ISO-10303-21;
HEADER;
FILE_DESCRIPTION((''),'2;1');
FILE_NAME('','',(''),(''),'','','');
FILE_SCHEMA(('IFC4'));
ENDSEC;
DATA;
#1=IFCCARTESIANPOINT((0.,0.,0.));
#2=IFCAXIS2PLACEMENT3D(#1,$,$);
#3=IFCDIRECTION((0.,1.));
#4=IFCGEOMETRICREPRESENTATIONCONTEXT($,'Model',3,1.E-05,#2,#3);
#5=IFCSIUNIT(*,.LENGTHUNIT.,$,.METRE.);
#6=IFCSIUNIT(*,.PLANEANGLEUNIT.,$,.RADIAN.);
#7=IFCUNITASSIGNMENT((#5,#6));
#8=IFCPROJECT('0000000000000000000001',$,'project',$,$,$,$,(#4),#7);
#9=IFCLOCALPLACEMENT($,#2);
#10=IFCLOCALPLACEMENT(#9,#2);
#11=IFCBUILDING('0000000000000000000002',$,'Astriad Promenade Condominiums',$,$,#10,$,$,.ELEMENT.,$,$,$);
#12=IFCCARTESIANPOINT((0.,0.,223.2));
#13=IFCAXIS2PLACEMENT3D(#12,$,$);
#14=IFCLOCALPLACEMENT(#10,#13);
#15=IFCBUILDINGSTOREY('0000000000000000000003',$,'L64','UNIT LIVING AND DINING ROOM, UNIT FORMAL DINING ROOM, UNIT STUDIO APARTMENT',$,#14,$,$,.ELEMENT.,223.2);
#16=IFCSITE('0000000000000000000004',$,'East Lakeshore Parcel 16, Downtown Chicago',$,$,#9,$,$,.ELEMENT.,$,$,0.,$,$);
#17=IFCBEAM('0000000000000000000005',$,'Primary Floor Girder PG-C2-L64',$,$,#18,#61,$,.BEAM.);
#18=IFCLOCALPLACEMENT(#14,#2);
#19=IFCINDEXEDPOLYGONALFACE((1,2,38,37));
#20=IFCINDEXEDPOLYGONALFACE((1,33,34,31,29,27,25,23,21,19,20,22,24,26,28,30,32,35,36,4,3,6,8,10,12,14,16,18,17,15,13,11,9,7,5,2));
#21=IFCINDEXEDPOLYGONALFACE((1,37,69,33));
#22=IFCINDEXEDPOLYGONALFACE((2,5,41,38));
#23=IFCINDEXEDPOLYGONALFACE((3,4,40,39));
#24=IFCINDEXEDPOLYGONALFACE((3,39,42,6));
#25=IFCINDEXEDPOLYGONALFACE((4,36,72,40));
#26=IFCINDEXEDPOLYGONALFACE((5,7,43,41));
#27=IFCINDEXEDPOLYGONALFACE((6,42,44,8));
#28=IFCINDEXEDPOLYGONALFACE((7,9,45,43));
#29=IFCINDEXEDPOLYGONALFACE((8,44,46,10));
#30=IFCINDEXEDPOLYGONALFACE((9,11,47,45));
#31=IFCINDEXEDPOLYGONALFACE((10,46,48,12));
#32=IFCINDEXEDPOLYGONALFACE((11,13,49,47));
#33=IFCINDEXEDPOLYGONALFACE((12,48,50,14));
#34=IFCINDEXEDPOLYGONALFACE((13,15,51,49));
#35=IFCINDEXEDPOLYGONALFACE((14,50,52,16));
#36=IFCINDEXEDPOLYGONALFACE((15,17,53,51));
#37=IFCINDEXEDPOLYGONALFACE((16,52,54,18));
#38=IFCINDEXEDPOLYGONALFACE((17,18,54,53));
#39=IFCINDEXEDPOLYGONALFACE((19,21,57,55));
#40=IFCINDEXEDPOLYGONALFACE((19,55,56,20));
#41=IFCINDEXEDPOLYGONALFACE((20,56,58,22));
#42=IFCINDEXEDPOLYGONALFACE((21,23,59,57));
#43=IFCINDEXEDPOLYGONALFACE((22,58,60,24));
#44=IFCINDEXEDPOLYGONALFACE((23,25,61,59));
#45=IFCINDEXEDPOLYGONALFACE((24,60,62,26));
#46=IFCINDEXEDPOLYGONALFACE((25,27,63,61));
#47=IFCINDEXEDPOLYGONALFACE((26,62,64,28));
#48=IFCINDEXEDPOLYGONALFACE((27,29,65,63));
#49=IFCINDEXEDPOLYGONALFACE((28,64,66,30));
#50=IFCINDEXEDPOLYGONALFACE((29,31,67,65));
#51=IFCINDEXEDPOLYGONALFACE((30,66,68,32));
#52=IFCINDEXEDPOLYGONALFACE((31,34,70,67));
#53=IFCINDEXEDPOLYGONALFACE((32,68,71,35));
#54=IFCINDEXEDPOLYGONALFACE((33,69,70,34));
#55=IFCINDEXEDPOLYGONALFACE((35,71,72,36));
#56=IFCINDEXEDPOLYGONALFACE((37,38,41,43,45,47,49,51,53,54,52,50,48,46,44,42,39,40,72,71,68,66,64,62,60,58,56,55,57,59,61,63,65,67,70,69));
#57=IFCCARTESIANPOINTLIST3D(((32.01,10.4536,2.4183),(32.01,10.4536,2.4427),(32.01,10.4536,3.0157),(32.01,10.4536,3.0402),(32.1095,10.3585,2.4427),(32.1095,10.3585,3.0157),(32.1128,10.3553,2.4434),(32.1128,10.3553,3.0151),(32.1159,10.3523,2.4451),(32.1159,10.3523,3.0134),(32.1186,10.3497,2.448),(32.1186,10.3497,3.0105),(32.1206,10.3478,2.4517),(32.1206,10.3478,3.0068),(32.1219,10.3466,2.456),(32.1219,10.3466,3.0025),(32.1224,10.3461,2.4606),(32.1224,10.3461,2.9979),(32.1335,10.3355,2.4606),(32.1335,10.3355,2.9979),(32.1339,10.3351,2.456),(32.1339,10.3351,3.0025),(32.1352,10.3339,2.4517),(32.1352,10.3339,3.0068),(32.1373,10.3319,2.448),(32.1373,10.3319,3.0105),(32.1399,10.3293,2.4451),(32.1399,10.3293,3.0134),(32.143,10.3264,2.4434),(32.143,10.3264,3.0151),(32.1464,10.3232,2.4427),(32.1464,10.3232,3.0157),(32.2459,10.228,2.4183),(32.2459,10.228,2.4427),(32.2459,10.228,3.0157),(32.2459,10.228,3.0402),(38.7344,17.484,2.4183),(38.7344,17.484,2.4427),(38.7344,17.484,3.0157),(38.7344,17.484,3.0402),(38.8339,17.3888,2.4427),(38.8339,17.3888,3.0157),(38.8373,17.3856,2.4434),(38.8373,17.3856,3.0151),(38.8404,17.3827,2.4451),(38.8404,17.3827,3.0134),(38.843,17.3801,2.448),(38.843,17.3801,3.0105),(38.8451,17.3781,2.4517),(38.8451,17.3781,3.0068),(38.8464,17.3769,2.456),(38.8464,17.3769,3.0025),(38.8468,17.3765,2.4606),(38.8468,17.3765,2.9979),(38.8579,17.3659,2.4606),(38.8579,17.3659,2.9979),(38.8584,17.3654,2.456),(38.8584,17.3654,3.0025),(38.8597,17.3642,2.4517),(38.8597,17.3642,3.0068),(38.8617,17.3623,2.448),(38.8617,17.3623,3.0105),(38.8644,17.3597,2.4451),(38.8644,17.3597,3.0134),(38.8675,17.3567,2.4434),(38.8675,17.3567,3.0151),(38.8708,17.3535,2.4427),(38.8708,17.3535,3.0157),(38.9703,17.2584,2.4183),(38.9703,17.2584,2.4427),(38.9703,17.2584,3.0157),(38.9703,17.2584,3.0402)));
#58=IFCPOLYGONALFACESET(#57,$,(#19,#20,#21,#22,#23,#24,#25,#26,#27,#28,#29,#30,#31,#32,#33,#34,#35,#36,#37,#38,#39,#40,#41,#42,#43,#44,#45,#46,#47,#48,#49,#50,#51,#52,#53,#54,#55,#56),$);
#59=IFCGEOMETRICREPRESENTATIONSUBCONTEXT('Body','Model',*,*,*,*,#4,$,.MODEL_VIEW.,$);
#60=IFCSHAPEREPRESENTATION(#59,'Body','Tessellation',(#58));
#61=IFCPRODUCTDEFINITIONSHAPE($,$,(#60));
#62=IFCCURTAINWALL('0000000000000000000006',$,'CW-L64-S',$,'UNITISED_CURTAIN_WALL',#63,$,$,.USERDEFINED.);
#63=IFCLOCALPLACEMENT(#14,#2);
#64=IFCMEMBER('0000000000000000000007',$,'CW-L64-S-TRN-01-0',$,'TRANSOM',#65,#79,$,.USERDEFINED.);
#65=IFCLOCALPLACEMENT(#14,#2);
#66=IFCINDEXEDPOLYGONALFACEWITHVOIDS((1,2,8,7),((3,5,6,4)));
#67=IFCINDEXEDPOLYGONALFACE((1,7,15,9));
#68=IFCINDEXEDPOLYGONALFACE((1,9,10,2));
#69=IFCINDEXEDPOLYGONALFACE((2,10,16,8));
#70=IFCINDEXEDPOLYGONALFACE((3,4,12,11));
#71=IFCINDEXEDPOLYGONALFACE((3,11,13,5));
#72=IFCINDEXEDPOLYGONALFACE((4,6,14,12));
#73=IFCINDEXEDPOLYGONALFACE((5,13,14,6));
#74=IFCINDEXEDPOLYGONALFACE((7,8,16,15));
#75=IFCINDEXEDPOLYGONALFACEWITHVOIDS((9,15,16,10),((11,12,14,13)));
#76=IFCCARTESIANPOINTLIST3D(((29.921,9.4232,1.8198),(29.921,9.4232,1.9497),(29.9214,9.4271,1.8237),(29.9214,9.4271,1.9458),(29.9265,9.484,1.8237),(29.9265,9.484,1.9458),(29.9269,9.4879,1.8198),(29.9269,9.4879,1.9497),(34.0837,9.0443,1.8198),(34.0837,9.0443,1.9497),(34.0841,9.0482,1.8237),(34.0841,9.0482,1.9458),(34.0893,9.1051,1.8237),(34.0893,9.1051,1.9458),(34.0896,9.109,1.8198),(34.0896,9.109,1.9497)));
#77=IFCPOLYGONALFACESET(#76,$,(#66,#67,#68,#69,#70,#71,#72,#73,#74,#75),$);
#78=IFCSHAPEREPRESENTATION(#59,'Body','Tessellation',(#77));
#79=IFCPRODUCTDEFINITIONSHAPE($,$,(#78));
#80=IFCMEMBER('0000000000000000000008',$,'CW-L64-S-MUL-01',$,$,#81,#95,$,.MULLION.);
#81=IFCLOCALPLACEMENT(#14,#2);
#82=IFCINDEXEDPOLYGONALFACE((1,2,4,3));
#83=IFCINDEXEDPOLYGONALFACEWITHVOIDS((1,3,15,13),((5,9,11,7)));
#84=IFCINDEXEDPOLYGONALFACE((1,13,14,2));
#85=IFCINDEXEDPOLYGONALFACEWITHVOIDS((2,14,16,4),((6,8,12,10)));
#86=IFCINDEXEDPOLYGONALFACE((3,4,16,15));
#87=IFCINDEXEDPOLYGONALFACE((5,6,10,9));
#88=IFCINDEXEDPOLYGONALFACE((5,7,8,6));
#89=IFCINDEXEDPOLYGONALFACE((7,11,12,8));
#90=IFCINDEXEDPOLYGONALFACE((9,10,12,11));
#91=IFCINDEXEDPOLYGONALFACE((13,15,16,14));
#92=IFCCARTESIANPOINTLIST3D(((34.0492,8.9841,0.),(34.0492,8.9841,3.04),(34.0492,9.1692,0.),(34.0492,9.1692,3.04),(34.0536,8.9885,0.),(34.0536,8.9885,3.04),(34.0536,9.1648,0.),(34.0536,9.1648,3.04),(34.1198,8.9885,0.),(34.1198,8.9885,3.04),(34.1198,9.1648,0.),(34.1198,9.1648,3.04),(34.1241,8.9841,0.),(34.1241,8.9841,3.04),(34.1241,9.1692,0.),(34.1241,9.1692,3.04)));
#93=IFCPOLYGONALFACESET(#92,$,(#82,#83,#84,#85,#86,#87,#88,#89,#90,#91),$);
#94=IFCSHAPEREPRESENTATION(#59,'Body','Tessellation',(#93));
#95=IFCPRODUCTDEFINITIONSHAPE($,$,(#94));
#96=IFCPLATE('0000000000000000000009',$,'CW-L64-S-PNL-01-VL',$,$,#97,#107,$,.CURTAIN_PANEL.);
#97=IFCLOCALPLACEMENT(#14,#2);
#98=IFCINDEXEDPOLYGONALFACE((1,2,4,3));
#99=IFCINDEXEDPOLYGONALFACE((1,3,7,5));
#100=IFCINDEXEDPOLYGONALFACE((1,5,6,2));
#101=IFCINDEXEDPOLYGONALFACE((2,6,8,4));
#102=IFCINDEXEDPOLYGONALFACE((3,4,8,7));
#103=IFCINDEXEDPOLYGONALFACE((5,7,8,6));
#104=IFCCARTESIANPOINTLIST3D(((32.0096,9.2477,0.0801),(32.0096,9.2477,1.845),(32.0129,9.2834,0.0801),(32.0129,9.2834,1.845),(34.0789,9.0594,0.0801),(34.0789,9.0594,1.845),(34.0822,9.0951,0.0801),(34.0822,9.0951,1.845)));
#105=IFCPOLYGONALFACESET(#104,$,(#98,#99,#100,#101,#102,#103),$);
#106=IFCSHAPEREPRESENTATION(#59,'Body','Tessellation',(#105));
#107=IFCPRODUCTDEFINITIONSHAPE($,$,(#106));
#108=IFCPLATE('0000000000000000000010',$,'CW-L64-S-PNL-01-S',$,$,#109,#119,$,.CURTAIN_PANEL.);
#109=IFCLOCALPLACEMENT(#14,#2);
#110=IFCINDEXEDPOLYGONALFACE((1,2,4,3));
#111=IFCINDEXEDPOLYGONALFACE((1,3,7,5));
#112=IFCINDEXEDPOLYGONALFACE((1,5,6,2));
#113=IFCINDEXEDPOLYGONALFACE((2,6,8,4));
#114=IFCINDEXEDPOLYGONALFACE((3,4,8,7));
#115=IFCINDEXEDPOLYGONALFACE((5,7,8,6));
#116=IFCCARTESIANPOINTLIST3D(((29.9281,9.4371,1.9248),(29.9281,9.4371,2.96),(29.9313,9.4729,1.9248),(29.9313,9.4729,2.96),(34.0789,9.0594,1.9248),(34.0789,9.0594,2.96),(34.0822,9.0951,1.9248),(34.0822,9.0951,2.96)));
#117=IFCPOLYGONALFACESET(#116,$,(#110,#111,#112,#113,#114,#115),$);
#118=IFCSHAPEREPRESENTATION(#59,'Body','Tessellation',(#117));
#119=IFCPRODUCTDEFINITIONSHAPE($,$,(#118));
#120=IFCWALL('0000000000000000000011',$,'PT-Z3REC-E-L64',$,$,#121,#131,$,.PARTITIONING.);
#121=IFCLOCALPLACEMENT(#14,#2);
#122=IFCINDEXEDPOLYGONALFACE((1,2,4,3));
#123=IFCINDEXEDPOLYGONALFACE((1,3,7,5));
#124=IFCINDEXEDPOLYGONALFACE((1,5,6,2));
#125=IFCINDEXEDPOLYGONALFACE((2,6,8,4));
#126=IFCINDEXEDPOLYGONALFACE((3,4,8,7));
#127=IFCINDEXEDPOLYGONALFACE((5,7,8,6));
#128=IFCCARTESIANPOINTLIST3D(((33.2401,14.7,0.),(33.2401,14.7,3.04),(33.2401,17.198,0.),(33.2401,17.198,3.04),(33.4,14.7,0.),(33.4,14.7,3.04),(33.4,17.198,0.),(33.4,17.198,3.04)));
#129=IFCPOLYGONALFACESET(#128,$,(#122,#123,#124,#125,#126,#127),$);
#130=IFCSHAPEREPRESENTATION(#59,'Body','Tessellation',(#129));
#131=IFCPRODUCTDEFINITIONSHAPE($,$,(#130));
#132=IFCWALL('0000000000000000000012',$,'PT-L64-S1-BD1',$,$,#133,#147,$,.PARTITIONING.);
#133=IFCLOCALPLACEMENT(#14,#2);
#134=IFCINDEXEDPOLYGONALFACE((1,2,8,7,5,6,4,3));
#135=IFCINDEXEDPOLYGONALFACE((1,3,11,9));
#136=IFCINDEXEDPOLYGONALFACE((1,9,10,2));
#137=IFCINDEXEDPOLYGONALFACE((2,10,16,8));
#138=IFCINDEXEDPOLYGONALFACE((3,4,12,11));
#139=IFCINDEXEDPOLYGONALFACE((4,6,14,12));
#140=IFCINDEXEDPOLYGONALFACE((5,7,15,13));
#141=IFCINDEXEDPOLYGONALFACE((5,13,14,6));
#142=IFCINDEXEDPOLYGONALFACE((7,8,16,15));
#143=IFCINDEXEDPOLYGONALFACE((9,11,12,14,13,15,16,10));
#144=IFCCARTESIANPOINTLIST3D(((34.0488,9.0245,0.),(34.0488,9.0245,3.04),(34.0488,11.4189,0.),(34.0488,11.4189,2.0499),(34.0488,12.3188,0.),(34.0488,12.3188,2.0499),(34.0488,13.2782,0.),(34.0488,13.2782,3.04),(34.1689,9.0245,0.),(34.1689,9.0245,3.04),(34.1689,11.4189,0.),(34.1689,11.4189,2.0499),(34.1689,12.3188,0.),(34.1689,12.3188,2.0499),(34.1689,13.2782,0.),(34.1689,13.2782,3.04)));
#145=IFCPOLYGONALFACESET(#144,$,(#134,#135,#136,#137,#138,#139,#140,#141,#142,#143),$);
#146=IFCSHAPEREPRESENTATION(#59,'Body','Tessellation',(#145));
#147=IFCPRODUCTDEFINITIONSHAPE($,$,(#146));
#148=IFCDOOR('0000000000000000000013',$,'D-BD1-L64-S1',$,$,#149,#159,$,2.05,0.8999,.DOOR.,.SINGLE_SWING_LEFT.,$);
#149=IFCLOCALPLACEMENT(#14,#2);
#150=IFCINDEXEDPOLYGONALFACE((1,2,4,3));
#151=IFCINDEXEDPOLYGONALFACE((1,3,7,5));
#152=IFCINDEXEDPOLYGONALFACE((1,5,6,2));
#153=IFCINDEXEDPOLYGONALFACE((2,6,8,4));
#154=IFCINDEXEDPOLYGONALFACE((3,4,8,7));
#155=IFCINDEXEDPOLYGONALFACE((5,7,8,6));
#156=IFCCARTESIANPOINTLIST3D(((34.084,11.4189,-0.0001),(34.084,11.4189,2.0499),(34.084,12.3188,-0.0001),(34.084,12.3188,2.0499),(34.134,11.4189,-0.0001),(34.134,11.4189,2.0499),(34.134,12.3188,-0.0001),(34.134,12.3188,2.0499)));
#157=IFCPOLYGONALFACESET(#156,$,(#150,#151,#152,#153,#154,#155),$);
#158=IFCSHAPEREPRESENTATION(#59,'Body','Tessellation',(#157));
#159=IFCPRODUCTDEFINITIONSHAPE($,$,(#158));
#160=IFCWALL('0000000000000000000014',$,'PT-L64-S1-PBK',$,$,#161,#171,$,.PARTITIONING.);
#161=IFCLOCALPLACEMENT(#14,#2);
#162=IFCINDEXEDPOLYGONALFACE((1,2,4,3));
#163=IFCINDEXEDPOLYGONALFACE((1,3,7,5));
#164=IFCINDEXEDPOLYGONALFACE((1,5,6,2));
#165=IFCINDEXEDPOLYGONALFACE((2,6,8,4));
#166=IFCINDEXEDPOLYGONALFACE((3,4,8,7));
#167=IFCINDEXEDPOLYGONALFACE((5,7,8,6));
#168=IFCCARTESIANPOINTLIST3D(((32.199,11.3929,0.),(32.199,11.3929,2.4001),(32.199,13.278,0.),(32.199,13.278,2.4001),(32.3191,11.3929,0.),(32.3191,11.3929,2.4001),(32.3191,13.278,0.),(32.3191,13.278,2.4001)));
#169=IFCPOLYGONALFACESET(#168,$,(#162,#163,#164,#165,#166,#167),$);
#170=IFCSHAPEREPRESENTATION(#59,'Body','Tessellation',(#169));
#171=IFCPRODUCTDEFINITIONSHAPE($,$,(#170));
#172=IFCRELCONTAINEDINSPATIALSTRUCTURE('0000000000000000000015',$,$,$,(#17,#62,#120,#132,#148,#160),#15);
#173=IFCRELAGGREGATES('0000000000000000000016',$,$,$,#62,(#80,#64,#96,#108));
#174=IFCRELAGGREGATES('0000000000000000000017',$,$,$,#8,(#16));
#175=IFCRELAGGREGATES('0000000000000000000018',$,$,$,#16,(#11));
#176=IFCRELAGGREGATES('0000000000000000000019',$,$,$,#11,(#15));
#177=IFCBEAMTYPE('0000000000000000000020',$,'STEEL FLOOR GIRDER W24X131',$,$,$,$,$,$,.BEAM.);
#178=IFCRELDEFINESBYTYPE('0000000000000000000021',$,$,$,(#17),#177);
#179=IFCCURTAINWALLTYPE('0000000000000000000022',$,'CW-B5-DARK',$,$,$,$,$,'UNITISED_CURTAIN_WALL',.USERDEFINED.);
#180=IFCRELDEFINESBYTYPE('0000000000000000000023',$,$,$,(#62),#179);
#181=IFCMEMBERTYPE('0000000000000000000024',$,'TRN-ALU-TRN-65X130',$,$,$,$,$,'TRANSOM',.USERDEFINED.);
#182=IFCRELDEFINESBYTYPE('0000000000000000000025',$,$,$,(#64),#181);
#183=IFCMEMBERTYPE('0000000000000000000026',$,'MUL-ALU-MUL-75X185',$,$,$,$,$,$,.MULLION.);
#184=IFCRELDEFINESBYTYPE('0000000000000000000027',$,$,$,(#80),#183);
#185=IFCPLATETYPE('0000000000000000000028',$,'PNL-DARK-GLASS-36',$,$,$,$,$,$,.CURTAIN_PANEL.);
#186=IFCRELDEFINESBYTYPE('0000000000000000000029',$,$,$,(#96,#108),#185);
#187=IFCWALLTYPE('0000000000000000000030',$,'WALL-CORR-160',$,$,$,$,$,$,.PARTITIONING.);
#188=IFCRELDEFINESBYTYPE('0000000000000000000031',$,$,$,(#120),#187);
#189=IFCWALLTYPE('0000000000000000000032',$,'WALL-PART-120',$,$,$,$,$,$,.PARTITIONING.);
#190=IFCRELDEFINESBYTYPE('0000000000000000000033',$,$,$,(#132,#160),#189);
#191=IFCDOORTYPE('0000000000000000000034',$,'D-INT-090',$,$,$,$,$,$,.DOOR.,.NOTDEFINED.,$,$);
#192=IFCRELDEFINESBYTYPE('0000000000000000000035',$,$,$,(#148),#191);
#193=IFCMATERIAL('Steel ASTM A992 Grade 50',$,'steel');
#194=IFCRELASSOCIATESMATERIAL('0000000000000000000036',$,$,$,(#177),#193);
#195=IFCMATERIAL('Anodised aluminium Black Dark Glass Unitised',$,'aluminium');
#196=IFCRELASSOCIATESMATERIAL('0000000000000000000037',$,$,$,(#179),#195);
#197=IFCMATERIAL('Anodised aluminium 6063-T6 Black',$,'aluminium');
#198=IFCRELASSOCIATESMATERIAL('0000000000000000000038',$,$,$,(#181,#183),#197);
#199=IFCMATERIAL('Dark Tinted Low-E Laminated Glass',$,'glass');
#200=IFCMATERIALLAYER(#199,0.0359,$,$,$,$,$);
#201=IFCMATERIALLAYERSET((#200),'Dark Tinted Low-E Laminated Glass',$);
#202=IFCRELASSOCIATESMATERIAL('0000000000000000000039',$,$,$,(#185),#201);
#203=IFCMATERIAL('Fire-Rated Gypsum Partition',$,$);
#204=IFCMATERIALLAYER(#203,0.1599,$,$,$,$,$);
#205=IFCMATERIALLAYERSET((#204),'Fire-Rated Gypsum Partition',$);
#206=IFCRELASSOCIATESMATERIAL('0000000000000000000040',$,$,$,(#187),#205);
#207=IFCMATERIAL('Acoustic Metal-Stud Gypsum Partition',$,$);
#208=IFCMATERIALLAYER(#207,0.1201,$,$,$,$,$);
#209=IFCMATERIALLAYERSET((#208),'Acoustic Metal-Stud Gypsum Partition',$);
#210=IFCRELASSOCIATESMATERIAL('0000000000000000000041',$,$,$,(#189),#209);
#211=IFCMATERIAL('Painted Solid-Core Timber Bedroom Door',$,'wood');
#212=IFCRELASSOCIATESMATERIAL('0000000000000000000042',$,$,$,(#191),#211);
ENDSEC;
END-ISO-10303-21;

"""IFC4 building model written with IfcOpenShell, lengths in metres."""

from ifc_helpers import new_model, si_unit, direction, frame, frame_2d, origin, origin_2d, place, context, subcontext, project, spatial, rectangle, hollow_rectangle, i_section, extrude, source, transform, mapped, material, layer, layer_set, material_profile, profile_set, type_object, type_shapes, element, fill, aggregate, save


model = new_model("IFC4")

# Units and contexts
model_context = context("Model", 3, precision=1e-05, world=origin(), true_north=direction((0.0, 1.0)))
body_context = subcontext(model_context, "Body", "Model", "MODEL_VIEW")
ifc_project = project(units=[si_unit("LENGTHUNIT", "METRE"), si_unit("PLANEANGLEUNIT", "RADIAN")], contexts=[model_context])

# Site, building, storey
site_placement = place(None, origin())
site = spatial("IfcSite", under=ifc_project, at=site_placement, Name="East Lakeshore Parcel 16, Downtown Chicago", CompositionType="ELEMENT", RefElevation=0.0)
building_placement = place(site_placement, origin())
building = spatial("IfcBuilding", under=site, at=building_placement, Name="Astriad Promenade Condominiums", CompositionType="ELEMENT")
storey_placement = place(building_placement, frame((0.0, 0.0, 223.2)))
storey = spatial("IfcBuildingStorey", under=building, at=storey_placement, Name="L64", Description="UNIT LIVING AND DINING ROOM, UNIT FORMAL DINING ROOM, UNIT STUDIO APARTMENT", CompositionType="ELEMENT", Elevation=223.2)

# Shared definitions
ifc_material_1 = material(Name="Steel ASTM A992 Grade 50", Category="steel")

# Beam
ifc_material_profile_1 = material_profile(ifc_material_1, i_section(OverallWidth=0.3264, OverallDepth=0.6218, WebThickness=0.0154, FlangeThickness=0.0244, FilletRadius=0.0178, at=origin_2d()), Name="W24X131")
ifc_profile_set_1 = profile_set([ifc_material_profile_1], Name="Steel ASTM A992 Grade 50")
beam_type_1 = type_object("IfcBeamType", Name="STEEL FLOOR GIRDER W24X131", PredefinedType="BEAM", material=ifc_profile_set_1)
shared_shape_1 = source(origin(), body_context, "Body", "SweptSolid", [
    extrude(i_section(OverallWidth=0.3264, OverallDepth=0.6218, WebThickness=0.0154, FlangeThickness=0.0244, FilletRadius=0.0178, at=origin_2d()), origin(), (0.0, 0.0, 1.0), 9.7285),
])
beam_1_placement = place(storey_placement, frame((32.1279, 10.3408, 2.7292), z_axis=(0.69121, 0.722654, 0.0), x_axis=(-0.722654, 0.69121, 0.0)))
element("IfcBeam", 1, at=beam_1_placement, inside=storey, type_object=beam_type_1, Name="Primary Floor Girder PG-C2-L64", PredefinedType="BEAM", context=body_context, shape_type="MappedRepresentation", body=[
    mapped(shared_shape_1, transform((0.0, 0.0, 0.0), scale=1.0)),
])

# Curtain wall, members, plates
ifc_material_2 = material(Name="Anodised aluminium Black Dark Glass Unitised", Category="aluminium")
curtain_wall_type = type_object("IfcCurtainWallType", Name="CW-B5-DARK", ElementType="UNITISED_CURTAIN_WALL", PredefinedType="USERDEFINED", material=ifc_material_2)
curtain_wall_placement = place(storey_placement, origin())
curtain_wall = element("IfcCurtainWall", 2, at=curtain_wall_placement, inside=storey, type_object=curtain_wall_type, Name="CW-L64-S", ObjectType="UNITISED_CURTAIN_WALL", PredefinedType="USERDEFINED")
ifc_material_3 = material(Name="Anodised aluminium 6063-T6 Black", Category="aluminium")
ifc_material_profile_2 = material_profile(ifc_material_3, hollow_rectangle(XDim=0.0649, YDim=0.1299, WallThickness=0.0039, at=origin_2d()), Name="ALU-TRN-65X130")
ifc_profile_set_2 = profile_set([ifc_material_profile_2], Name="Anodised aluminium 6063-T6 Black")
member_type_1 = type_object("IfcMemberType", Name="TRN-ALU-TRN-65X130", ElementType="TRANSOM", PredefinedType="USERDEFINED", material=ifc_profile_set_2)
shared_shape_2 = source(origin(), body_context, "Body", "SweptSolid", [
    extrude(hollow_rectangle(XDim=0.0649, YDim=0.1299, WallThickness=0.0039, at=origin_2d()), origin(), (0.0, 0.0, 1.0), 4.1799),
])
type_shapes(member_type_1, [shared_shape_2])
member_1_placement = place(storey_placement, frame((34.0867, 9.0767, 1.8848), z_axis=(-0.995883, 0.090646, 0.0), x_axis=(-0.090646, -0.995883, 0.0)))
member_1 = element("IfcMember", 3, at=member_1_placement, type_object=member_type_1, Name="CW-L64-S-TRN-01-0", ObjectType="TRANSOM", PredefinedType="USERDEFINED", context=body_context, shape_type="MappedRepresentation", body=[
    mapped(shared_shape_2, transform((0.0, 0.0, 0.0), scale=1.0)),
])
ifc_material_profile_3 = material_profile(ifc_material_3, hollow_rectangle(XDim=0.075, YDim=0.1851, WallThickness=0.0044, at=origin_2d()), Name="ALU-MUL-75X185")
ifc_profile_set_3 = profile_set([ifc_material_profile_3], Name="Anodised aluminium 6063-T6 Black")
member_type_2 = type_object("IfcMemberType", Name="MUL-ALU-MUL-75X185", PredefinedType="MULLION", material=ifc_profile_set_3)
shared_shape_3 = source(origin(), body_context, "Body", "SweptSolid", [
    extrude(hollow_rectangle(XDim=0.075, YDim=0.1851, WallThickness=0.0044, at=origin_2d()), origin(), (0.0, 0.0, 1.0), 3.04),
])
type_shapes(member_type_2, [shared_shape_3])
member_2_placement = place(storey_placement, frame((34.0867, 9.0767, 0.0), z_axis=(0.0, 0.0, 1.0), x_axis=(1.0, 0.0, 0.0)))
member_2 = element("IfcMember", 4, at=member_2_placement, type_object=member_type_2, Name="CW-L64-S-MUL-01", PredefinedType="MULLION", context=body_context, shape_type="MappedRepresentation", body=[
    mapped(shared_shape_3, transform((0.0, 0.0, 0.0), scale=1.0)),
])
ifc_material_4 = material(Name="Dark Tinted Low-E Laminated Glass", Category="glass")
ifc_layer_1 = layer(ifc_material_4, 0.0359)
ifc_layer_set_1 = layer_set([ifc_layer_1], Name="Dark Tinted Low-E Laminated Glass")
plate_type = type_object("IfcPlateType", Name="PNL-DARK-GLASS-36", PredefinedType="CURTAIN_PANEL", material=ifc_layer_set_1)
shared_shape_4 = source(origin(), body_context, "Body", "SweptSolid", [
    extrude(rectangle(XDim=2.0779, YDim=0.0359, at=origin_2d()), origin(), (0.0, 0.0, 1.0), 1.7649),
])
plate_1_placement = place(storey_placement, frame((33.0459, 9.1714, 0.0801), z_axis=(0.0, 0.0, 1.0), x_axis=(-0.995884, 0.090633, 0.0)))
plate_1 = element("IfcPlate", 5, at=plate_1_placement, type_object=plate_type, Name="CW-L64-S-PNL-01-VL", PredefinedType="CURTAIN_PANEL", context=body_context, shape_type="MappedRepresentation", body=[
    mapped(shared_shape_4, transform((0.0, 0.0, 0.0), scale=1.0)),
])
shared_shape_5 = source(origin(), body_context, "Body", "SweptSolid", [
    extrude(rectangle(XDim=4.168, YDim=0.0359, at=origin_2d()), origin(), (0.0, 0.0, 1.0), 1.0352),
])
type_shapes(plate_type, [shared_shape_4, shared_shape_5])
plate_2_placement = place(storey_placement, frame((32.0051, 9.2661, 1.9248), z_axis=(0.0, 0.0, 1.0), x_axis=(-0.995884, 0.090633, 0.0)))
plate_2 = element("IfcPlate", 6, at=plate_2_placement, type_object=plate_type, Name="CW-L64-S-PNL-01-S", PredefinedType="CURTAIN_PANEL", context=body_context, shape_type="MappedRepresentation", body=[
    mapped(shared_shape_5, transform((0.0, 0.0, 0.0), scale=1.0)),
])
aggregate(curtain_wall, [member_2, member_1, plate_1, plate_2])

# Wall
ifc_material_5 = material(Name="Fire-Rated Gypsum Partition")
ifc_layer_2 = layer(ifc_material_5, 0.1599)
ifc_layer_set_2 = layer_set([ifc_layer_2], Name="Fire-Rated Gypsum Partition")
wall_type_1 = type_object("IfcWallType", Name="WALL-CORR-160", PredefinedType="PARTITIONING", material=ifc_layer_set_2)
wall_1_placement = place(storey_placement, frame((33.3201, 14.7, 0.0), z_axis=(0.0, 0.0, 1.0), x_axis=(0.0, 1.0, 0.0)))
element("IfcWall", 7, at=wall_1_placement, inside=storey, type_object=wall_type_1, Name="PT-Z3REC-E-L64", PredefinedType="PARTITIONING", context=body_context, shape_type="SweptSolid", body=[
    extrude(rectangle(XDim=2.498, YDim=0.1599, at=frame_2d((1.249, 0.0))), origin(), (0.0, 0.0, 1.0), 3.04),
])

# Wall, opening, door
ifc_material_6 = material(Name="Acoustic Metal-Stud Gypsum Partition")
ifc_layer_3 = layer(ifc_material_6, 0.1201)
ifc_layer_set_3 = layer_set([ifc_layer_3], Name="Acoustic Metal-Stud Gypsum Partition")
wall_type_2 = type_object("IfcWallType", Name="WALL-PART-120", PredefinedType="PARTITIONING", material=ifc_layer_set_3)
wall_2_placement = place(storey_placement, frame((34.1089, 9.0244, 0.0), z_axis=(0.0, 0.0, 1.0), x_axis=(0.0, 1.0, 0.0)))
wall_2 = element("IfcWall", 8, at=wall_2_placement, inside=storey, type_object=wall_type_2, Name="PT-L64-S1-BD1", PredefinedType="PARTITIONING", context=body_context, shape_type="SweptSolid", body=[
    extrude(rectangle(XDim=4.2537, YDim=0.1201, at=frame_2d((2.127, 0.0))), origin(), (0.0, 0.0, 1.0), 3.04),
])
opening_placement = place(wall_2_placement, frame((2.3945, 0.0, 0.0)))
opening = element("IfcOpeningElement", 9, at=opening_placement, cuts=wall_2, PredefinedType="OPENING", context=body_context, shape_type="SweptSolid", body=[
    extrude(rectangle(XDim=0.8999, YDim=2.05, at=frame_2d((0.45, 1.0249))), frame((0.0, 0.0701, 0.0), z_axis=(0.0, -1.0, 0.0), x_axis=(1.0, 0.0, 0.0)), (0.0, 0.0, 1.0), 0.1401),
])
ifc_material_7 = material(Name="Painted Solid-Core Timber Bedroom Door", Category="wood")
door_type = type_object("IfcDoorType", Name="D-INT-090", OperationType="NOTDEFINED", PredefinedType="DOOR", material=ifc_material_7)
shared_shape_6 = source(origin(), body_context, "Body", "SweptSolid", [
    extrude(rectangle(XDim=0.8999, YDim=2.05, at=frame_2d((0.45, 1.0249))), frame((0.0, 0.0249, 0.0), z_axis=(0.0, -1.0, 0.0), x_axis=(1.0, 0.0, 0.0)), (0.0, 0.0, 1.0), 0.05),
])
type_shapes(door_type, [shared_shape_6])
door_placement = place(opening_placement, origin())
door = element("IfcDoor", 10, at=door_placement, inside=storey, type_object=door_type, Name="D-BD1-L64-S1", OperationType="SINGLE_SWING_LEFT", OverallHeight=2.05, OverallWidth=0.8999, PredefinedType="DOOR", context=body_context, shape_type="MappedRepresentation", body=[
    mapped(shared_shape_6, transform((0.0, 0.0, 0.0), scale=1.0)),
])
fill(opening, door)

# Wall
wall_3_placement = place(storey_placement, frame((32.259, 11.3931, 0.0), z_axis=(0.0, 0.0, 1.0), x_axis=(0.0, 1.0, 0.0)))
element("IfcWall", 11, at=wall_3_placement, inside=storey, type_object=wall_type_2, Name="PT-L64-S1-PBK", PredefinedType="PARTITIONING", context=body_context, shape_type="SweptSolid", body=[
    extrude(rectangle(XDim=1.885, YDim=0.1201, at=frame_2d((0.9424, 0.0))), origin(), (0.0, 0.0, 1.0), 2.4001),
])

save(model, "model.ifc")
